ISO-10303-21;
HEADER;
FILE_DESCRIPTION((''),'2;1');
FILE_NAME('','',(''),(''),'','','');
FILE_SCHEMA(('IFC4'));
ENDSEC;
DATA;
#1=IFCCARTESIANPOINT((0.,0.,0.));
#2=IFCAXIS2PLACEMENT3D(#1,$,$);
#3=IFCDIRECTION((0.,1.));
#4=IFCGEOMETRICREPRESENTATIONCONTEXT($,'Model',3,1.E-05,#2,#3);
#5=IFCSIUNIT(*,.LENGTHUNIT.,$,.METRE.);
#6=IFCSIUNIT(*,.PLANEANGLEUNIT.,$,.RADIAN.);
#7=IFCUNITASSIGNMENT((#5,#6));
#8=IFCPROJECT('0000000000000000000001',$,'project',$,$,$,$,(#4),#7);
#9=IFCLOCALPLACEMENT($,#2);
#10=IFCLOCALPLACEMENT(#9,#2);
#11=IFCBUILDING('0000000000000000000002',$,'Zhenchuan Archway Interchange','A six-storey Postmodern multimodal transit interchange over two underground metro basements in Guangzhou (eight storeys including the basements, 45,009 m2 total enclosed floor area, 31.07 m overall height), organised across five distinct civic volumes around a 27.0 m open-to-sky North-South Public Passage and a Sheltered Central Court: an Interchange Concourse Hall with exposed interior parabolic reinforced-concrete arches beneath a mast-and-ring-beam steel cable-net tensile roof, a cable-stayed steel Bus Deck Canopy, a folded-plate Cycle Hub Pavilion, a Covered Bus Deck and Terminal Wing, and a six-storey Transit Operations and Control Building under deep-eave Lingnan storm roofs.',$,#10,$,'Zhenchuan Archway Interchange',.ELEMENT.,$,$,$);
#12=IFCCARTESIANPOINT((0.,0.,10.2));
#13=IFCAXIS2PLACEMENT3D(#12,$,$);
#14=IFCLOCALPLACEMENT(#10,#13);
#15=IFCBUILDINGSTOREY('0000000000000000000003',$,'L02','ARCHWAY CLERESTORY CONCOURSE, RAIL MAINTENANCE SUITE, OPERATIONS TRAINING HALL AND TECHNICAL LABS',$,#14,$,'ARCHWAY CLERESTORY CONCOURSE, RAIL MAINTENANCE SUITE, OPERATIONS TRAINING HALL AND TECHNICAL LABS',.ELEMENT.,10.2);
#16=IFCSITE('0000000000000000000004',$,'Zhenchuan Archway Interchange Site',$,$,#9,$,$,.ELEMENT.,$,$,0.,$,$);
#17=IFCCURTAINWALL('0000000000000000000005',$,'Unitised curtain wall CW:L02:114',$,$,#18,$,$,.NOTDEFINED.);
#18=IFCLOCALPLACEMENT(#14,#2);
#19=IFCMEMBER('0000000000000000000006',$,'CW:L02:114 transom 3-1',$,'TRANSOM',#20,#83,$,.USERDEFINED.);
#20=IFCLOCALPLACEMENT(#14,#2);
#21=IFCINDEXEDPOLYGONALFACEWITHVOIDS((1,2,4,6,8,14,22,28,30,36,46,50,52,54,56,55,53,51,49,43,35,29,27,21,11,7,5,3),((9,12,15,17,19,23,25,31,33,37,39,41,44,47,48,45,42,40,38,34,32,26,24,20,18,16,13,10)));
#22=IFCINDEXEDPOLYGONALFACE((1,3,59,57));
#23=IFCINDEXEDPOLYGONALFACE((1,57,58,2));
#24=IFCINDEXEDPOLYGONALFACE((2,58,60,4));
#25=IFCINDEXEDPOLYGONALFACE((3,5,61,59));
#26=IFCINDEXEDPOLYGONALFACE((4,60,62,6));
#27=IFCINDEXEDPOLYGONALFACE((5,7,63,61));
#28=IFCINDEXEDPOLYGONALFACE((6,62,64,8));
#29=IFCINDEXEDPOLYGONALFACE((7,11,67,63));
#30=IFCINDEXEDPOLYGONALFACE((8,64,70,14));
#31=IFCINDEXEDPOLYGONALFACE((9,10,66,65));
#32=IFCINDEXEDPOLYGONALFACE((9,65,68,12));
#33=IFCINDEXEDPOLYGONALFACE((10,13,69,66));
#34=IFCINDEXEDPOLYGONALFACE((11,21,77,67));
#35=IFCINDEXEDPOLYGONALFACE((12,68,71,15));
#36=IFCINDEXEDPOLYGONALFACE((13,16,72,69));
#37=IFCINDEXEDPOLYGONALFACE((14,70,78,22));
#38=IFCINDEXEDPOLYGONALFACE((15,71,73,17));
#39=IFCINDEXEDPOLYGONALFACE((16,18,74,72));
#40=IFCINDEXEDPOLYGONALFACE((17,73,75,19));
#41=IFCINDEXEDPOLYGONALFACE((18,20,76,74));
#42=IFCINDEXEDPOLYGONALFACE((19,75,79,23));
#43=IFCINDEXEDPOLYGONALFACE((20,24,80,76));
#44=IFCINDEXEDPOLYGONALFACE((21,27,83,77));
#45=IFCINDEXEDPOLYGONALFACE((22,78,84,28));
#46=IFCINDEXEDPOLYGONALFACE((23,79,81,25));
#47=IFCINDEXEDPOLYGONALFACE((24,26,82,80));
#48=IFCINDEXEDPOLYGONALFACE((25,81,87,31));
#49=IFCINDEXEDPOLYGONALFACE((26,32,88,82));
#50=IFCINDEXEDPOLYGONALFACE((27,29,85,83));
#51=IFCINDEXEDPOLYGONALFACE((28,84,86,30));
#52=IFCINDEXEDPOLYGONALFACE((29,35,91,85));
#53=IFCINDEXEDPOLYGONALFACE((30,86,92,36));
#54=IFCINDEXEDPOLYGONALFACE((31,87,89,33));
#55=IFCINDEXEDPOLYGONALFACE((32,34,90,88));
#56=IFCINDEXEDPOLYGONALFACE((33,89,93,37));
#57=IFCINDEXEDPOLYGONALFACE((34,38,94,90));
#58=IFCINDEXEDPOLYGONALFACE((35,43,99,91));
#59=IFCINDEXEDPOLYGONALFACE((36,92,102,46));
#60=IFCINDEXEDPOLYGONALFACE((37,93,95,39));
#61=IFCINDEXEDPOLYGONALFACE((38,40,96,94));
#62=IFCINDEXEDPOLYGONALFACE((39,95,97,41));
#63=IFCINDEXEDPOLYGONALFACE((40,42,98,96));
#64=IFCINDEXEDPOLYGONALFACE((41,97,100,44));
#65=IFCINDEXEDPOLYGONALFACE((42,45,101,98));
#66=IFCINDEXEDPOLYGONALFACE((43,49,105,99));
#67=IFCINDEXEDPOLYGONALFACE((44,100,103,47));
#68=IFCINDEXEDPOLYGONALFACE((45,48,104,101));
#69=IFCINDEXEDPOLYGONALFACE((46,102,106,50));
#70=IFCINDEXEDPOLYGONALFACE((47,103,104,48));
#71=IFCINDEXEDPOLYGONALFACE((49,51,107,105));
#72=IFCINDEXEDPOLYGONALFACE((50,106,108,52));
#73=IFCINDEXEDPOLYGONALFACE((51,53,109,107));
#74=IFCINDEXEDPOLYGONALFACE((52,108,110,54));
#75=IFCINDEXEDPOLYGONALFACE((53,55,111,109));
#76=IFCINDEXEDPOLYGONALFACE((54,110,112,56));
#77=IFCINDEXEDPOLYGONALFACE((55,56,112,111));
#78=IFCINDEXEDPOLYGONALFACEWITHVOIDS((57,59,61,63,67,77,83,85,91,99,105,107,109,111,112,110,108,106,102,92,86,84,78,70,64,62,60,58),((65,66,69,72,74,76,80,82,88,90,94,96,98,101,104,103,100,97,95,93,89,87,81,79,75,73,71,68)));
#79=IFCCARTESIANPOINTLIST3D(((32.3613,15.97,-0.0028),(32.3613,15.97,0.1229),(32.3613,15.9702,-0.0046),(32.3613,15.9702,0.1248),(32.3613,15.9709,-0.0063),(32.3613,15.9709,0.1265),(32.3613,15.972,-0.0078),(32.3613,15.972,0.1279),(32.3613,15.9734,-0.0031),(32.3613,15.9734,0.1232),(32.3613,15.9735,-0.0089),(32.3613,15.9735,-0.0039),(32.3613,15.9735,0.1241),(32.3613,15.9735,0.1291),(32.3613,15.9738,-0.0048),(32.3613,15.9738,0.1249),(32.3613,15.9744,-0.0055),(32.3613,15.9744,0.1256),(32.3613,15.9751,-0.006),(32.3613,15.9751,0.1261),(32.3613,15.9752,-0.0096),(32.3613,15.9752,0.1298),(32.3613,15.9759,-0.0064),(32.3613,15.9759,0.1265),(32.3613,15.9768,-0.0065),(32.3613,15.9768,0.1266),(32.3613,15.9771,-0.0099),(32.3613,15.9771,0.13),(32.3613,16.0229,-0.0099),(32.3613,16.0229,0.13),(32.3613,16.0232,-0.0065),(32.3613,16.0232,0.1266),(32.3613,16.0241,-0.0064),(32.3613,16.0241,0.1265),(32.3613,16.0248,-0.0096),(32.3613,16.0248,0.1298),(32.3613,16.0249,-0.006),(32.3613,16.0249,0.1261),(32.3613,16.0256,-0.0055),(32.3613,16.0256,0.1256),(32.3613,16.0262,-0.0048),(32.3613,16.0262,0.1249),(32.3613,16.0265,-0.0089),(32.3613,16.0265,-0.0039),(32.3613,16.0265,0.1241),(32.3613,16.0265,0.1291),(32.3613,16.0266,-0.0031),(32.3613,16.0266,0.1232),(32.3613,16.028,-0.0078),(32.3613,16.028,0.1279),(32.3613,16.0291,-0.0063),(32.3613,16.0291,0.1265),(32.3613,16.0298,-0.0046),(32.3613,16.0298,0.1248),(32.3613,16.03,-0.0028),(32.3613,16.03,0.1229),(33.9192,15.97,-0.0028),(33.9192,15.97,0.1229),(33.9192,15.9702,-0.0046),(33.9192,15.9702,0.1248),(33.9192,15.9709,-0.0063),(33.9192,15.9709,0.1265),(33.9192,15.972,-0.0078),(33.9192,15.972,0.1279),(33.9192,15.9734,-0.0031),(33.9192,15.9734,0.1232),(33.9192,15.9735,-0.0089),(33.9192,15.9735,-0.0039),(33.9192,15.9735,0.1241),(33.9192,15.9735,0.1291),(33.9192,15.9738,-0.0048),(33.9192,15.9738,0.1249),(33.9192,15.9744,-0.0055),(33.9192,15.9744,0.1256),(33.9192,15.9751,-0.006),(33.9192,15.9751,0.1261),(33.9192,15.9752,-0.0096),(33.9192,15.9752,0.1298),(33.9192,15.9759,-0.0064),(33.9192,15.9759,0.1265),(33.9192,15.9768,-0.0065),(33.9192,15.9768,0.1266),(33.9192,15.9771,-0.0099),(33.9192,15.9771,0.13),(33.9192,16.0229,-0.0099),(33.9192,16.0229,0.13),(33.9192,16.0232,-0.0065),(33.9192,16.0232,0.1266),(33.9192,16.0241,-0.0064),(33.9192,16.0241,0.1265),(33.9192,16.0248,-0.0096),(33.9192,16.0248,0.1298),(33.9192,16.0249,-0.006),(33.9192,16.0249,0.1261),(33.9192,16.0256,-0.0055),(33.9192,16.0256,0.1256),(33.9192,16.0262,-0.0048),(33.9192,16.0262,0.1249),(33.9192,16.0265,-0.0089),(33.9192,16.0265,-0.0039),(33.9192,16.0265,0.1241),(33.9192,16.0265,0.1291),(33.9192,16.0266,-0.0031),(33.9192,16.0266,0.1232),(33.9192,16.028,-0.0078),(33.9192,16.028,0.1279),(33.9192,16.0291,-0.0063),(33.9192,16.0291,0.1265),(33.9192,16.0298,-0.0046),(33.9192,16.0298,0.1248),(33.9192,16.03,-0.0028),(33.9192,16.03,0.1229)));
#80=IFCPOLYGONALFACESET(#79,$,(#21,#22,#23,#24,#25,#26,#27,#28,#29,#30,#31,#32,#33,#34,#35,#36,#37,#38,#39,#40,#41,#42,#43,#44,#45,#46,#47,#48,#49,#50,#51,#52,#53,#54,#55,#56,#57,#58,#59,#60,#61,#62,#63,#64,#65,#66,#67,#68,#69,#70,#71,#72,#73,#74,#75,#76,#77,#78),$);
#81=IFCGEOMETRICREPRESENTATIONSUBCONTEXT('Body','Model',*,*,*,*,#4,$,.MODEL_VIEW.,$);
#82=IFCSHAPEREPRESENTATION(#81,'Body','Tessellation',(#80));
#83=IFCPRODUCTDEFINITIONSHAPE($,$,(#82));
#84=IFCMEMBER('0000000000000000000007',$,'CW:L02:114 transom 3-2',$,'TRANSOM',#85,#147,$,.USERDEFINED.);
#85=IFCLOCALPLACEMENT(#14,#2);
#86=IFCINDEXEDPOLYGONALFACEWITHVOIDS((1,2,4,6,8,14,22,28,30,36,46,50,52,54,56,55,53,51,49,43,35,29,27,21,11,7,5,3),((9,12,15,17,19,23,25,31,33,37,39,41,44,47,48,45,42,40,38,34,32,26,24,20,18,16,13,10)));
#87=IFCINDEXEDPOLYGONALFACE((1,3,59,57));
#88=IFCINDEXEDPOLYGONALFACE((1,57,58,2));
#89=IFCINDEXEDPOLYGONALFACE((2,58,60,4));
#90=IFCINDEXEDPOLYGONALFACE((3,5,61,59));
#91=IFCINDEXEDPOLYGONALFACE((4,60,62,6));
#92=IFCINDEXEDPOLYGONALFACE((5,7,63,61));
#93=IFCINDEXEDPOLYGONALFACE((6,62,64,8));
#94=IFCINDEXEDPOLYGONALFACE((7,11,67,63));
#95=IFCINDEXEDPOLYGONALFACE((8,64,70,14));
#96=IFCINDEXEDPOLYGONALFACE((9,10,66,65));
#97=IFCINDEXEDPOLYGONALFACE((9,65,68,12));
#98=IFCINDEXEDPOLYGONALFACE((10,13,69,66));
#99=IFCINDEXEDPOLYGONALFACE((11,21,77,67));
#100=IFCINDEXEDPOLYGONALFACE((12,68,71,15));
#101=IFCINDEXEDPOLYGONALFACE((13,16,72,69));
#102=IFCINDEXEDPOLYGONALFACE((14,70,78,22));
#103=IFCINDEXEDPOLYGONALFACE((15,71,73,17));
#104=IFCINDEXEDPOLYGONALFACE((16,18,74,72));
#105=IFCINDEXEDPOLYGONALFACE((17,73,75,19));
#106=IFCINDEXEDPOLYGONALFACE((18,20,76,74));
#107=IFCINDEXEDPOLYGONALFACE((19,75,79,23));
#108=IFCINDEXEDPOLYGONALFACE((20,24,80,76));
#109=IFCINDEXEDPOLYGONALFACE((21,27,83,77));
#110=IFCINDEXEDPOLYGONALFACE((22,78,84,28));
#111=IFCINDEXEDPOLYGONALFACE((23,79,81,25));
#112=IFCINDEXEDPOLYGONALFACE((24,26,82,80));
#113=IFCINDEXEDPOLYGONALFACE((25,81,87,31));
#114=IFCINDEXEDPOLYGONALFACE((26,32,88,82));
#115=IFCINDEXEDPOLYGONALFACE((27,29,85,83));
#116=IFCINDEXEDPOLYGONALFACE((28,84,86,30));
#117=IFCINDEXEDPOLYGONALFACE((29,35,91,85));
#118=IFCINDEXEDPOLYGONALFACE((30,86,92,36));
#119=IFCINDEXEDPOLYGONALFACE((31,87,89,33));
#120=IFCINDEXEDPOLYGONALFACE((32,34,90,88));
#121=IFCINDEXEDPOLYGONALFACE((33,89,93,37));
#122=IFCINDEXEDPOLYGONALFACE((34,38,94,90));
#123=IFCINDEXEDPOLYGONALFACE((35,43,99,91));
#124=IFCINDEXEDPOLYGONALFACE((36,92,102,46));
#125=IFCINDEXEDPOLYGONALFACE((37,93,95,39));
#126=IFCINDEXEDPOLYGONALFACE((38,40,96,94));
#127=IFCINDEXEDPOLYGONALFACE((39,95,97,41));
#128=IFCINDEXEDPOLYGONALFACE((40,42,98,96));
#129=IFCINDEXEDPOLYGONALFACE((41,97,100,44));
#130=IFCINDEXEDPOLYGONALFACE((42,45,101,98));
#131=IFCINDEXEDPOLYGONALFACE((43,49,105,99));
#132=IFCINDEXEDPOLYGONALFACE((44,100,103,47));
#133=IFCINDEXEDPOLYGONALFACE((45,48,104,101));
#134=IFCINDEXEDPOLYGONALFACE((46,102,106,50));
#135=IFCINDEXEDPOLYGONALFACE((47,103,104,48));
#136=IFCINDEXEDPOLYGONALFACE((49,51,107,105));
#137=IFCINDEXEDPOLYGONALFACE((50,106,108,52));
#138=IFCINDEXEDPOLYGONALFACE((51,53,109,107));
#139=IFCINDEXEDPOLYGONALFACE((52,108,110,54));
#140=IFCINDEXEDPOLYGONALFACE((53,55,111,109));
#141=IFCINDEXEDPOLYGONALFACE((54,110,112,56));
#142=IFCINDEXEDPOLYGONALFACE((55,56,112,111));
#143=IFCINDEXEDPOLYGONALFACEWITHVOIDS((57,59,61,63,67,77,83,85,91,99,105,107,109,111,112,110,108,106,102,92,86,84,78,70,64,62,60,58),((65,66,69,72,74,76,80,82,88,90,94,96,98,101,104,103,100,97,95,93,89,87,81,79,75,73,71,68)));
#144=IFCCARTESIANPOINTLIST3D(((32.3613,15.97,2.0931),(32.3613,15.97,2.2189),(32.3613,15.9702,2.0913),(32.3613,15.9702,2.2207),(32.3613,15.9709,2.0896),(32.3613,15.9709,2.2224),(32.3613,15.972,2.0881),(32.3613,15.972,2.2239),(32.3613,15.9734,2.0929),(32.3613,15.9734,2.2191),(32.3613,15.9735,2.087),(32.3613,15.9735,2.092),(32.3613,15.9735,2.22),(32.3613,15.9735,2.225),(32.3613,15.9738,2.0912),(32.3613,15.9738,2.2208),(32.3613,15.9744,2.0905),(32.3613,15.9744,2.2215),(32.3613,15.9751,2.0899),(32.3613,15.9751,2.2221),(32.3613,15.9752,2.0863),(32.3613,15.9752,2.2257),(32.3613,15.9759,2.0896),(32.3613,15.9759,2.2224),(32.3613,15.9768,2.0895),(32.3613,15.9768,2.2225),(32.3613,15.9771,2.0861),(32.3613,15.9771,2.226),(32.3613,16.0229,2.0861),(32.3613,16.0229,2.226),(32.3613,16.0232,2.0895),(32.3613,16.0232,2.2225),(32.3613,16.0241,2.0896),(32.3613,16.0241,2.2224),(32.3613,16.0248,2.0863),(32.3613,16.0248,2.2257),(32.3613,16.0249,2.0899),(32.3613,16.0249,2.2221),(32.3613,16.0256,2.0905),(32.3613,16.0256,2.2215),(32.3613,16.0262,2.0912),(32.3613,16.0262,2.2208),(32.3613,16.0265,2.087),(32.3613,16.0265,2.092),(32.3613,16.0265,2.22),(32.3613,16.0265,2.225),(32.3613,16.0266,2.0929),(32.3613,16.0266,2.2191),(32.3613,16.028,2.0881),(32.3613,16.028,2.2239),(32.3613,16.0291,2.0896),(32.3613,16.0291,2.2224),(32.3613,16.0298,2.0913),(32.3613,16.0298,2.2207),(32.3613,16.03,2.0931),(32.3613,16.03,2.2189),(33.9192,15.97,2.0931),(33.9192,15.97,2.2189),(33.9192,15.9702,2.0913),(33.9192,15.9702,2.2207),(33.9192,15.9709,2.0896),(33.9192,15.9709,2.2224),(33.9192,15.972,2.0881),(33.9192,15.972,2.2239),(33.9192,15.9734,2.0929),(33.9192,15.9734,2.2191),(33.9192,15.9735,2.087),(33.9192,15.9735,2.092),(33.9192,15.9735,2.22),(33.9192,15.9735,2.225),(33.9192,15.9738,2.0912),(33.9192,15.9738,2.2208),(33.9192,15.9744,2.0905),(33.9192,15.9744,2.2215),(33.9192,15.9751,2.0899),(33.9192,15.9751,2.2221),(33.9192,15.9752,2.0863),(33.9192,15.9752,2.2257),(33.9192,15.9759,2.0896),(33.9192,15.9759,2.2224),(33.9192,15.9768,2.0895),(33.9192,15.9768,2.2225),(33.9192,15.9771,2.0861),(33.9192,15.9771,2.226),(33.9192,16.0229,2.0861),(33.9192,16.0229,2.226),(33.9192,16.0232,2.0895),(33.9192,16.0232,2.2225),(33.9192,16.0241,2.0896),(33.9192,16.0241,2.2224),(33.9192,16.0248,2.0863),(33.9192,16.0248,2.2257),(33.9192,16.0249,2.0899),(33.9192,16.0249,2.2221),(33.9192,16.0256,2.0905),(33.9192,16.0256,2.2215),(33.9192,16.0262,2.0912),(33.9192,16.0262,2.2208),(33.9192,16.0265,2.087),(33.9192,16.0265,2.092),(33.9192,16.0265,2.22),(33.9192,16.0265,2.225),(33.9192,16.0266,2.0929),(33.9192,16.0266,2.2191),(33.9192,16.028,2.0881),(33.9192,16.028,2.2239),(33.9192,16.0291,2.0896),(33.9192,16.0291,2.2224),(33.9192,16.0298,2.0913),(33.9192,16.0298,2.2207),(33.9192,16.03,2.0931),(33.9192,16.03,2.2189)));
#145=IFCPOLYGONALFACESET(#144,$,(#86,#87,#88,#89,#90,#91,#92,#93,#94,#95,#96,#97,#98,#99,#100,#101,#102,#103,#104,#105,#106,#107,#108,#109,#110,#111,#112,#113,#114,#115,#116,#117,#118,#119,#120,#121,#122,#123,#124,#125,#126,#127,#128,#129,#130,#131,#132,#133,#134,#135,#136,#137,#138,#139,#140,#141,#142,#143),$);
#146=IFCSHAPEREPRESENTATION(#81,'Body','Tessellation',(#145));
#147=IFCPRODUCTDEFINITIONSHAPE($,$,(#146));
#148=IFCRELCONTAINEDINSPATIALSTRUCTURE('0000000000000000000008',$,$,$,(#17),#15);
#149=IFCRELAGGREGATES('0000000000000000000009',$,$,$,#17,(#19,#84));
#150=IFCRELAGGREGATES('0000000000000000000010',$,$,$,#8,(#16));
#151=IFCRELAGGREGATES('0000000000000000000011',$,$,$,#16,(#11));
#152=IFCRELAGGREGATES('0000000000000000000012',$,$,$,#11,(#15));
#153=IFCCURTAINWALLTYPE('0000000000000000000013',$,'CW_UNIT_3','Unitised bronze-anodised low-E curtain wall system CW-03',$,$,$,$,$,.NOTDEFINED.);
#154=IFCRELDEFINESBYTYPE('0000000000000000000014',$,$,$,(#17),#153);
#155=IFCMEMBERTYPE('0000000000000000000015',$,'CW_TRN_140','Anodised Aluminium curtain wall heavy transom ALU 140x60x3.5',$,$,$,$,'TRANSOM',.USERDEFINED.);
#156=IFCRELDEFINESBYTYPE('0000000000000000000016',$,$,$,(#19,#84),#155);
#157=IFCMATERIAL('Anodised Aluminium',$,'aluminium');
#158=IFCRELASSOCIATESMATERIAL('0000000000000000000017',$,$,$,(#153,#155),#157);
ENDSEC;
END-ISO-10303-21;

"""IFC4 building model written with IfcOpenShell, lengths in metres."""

from ifc_helpers import new_model, si_unit, direction, frame, origin, origin_2d, place, context, subcontext, project, spatial, hollow_rectangle, extrude, material, material_profile, profile_set, type_object, element, aggregate, save


model = new_model("IFC4")

# Units and contexts
model_context = context("Model", 3, precision=1e-05, world=origin(), true_north=direction((0.0, 1.0)))
body_context = subcontext(model_context, "Body", "Model", "MODEL_VIEW")
ifc_project = project(units=[si_unit("LENGTHUNIT", "METRE"), si_unit("PLANEANGLEUNIT", "RADIAN")], contexts=[model_context])

# Site, building, storey
site_placement = place(None, origin())
site = spatial("IfcSite", under=ifc_project, at=site_placement, Name="Zhenchuan Archway Interchange Site", CompositionType="ELEMENT", RefElevation=0.0)
building_placement = place(site_placement, origin())
building = spatial("IfcBuilding", under=site, at=building_placement, Name="Zhenchuan Archway Interchange", Description="A six-storey Postmodern multimodal transit interchange over two underground metro basements in Guangzhou (eight storeys including the basements, 45,009 m2 total enclosed floor area, 31.07 m overall height), organised across five distinct civic volumes around a 27.0 m open-to-sky North-South Public Passage and a Sheltered Central Court: an Interchange Concourse Hall with exposed interior parabolic reinforced-concrete arches beneath a mast-and-ring-beam steel cable-net tensile roof, a cable-stayed steel Bus Deck Canopy, a folded-plate Cycle Hub Pavilion, a Covered Bus Deck and Terminal Wing, and a six-storey Transit Operations and Control Building under deep-eave Lingnan storm roofs.", LongName="Zhenchuan Archway Interchange", CompositionType="ELEMENT")
storey_placement = place(building_placement, frame((0.0, 0.0, 10.2)))
storey = spatial("IfcBuildingStorey", under=building, at=storey_placement, Name="L02", Description="ARCHWAY CLERESTORY CONCOURSE, RAIL MAINTENANCE SUITE, OPERATIONS TRAINING HALL AND TECHNICAL LABS", LongName="ARCHWAY CLERESTORY CONCOURSE, RAIL MAINTENANCE SUITE, OPERATIONS TRAINING HALL AND TECHNICAL LABS", CompositionType="ELEMENT", Elevation=10.2)

# Curtain wall, members
ifc_material_1 = material(Name="Anodised Aluminium", Category="aluminium")
curtain_wall_type = type_object("IfcCurtainWallType", Name="CW_UNIT_3", Description="Unitised bronze-anodised low-E curtain wall system CW-03", PredefinedType="NOTDEFINED", material=ifc_material_1)
curtain_wall_placement = place(storey_placement, origin())
curtain_wall = element("IfcCurtainWall", 1, at=curtain_wall_placement, inside=storey, type_object=curtain_wall_type, Name="Unitised curtain wall CW:L02:114", PredefinedType="NOTDEFINED")
ifc_material_profile_1 = material_profile(ifc_material_1, hollow_rectangle(XDim=0.0601, YDim=0.1399, WallThickness=0.0034, InnerFilletRadius=0.0034, OuterFilletRadius=0.0071, at=origin_2d()), Name="ALU 140x60x3.5")
ifc_profile_set_1 = profile_set([ifc_material_profile_1], Name="Anodised Aluminium")
member_type_1 = type_object("IfcMemberType", Name="CW_TRN_140", Description="Anodised Aluminium curtain wall heavy transom ALU 140x60x3.5", ElementType="TRANSOM", PredefinedType="USERDEFINED", material=ifc_profile_set_1)
member_1_placement = place(storey_placement, frame((32.3613, 16.0, 0.0601), z_axis=(1.0, 0.0, 0.0), x_axis=(0.0, 1.0, 0.0)))
member_1 = element("IfcMember", 2, at=member_1_placement, type_object=member_type_1, Name="CW:L02:114 transom 3-1", ObjectType="TRANSOM", PredefinedType="USERDEFINED", context=body_context, shape_type="SweptSolid", body=[
    extrude(hollow_rectangle(XDim=0.0601, YDim=0.1399, WallThickness=0.0034, InnerFilletRadius=0.0034, OuterFilletRadius=0.0071, at=origin_2d()), origin(), (0.0, 0.0, 1.0), 1.5579),
])
member_2_placement = place(storey_placement, frame((32.3613, 16.0, 2.156), z_axis=(1.0, 0.0, 0.0), x_axis=(0.0, 1.0, 0.0)))
member_2 = element("IfcMember", 3, at=member_2_placement, type_object=member_type_1, Name="CW:L02:114 transom 3-2", ObjectType="TRANSOM", PredefinedType="USERDEFINED", context=body_context, shape_type="SweptSolid", body=[
    extrude(hollow_rectangle(XDim=0.0601, YDim=0.1399, WallThickness=0.0034, InnerFilletRadius=0.0034, OuterFilletRadius=0.0071, at=origin_2d()), origin(), (0.0, 0.0, 1.0), 1.5579),
])
aggregate(curtain_wall, [member_1, member_2])

save(model, "model.ifc")
